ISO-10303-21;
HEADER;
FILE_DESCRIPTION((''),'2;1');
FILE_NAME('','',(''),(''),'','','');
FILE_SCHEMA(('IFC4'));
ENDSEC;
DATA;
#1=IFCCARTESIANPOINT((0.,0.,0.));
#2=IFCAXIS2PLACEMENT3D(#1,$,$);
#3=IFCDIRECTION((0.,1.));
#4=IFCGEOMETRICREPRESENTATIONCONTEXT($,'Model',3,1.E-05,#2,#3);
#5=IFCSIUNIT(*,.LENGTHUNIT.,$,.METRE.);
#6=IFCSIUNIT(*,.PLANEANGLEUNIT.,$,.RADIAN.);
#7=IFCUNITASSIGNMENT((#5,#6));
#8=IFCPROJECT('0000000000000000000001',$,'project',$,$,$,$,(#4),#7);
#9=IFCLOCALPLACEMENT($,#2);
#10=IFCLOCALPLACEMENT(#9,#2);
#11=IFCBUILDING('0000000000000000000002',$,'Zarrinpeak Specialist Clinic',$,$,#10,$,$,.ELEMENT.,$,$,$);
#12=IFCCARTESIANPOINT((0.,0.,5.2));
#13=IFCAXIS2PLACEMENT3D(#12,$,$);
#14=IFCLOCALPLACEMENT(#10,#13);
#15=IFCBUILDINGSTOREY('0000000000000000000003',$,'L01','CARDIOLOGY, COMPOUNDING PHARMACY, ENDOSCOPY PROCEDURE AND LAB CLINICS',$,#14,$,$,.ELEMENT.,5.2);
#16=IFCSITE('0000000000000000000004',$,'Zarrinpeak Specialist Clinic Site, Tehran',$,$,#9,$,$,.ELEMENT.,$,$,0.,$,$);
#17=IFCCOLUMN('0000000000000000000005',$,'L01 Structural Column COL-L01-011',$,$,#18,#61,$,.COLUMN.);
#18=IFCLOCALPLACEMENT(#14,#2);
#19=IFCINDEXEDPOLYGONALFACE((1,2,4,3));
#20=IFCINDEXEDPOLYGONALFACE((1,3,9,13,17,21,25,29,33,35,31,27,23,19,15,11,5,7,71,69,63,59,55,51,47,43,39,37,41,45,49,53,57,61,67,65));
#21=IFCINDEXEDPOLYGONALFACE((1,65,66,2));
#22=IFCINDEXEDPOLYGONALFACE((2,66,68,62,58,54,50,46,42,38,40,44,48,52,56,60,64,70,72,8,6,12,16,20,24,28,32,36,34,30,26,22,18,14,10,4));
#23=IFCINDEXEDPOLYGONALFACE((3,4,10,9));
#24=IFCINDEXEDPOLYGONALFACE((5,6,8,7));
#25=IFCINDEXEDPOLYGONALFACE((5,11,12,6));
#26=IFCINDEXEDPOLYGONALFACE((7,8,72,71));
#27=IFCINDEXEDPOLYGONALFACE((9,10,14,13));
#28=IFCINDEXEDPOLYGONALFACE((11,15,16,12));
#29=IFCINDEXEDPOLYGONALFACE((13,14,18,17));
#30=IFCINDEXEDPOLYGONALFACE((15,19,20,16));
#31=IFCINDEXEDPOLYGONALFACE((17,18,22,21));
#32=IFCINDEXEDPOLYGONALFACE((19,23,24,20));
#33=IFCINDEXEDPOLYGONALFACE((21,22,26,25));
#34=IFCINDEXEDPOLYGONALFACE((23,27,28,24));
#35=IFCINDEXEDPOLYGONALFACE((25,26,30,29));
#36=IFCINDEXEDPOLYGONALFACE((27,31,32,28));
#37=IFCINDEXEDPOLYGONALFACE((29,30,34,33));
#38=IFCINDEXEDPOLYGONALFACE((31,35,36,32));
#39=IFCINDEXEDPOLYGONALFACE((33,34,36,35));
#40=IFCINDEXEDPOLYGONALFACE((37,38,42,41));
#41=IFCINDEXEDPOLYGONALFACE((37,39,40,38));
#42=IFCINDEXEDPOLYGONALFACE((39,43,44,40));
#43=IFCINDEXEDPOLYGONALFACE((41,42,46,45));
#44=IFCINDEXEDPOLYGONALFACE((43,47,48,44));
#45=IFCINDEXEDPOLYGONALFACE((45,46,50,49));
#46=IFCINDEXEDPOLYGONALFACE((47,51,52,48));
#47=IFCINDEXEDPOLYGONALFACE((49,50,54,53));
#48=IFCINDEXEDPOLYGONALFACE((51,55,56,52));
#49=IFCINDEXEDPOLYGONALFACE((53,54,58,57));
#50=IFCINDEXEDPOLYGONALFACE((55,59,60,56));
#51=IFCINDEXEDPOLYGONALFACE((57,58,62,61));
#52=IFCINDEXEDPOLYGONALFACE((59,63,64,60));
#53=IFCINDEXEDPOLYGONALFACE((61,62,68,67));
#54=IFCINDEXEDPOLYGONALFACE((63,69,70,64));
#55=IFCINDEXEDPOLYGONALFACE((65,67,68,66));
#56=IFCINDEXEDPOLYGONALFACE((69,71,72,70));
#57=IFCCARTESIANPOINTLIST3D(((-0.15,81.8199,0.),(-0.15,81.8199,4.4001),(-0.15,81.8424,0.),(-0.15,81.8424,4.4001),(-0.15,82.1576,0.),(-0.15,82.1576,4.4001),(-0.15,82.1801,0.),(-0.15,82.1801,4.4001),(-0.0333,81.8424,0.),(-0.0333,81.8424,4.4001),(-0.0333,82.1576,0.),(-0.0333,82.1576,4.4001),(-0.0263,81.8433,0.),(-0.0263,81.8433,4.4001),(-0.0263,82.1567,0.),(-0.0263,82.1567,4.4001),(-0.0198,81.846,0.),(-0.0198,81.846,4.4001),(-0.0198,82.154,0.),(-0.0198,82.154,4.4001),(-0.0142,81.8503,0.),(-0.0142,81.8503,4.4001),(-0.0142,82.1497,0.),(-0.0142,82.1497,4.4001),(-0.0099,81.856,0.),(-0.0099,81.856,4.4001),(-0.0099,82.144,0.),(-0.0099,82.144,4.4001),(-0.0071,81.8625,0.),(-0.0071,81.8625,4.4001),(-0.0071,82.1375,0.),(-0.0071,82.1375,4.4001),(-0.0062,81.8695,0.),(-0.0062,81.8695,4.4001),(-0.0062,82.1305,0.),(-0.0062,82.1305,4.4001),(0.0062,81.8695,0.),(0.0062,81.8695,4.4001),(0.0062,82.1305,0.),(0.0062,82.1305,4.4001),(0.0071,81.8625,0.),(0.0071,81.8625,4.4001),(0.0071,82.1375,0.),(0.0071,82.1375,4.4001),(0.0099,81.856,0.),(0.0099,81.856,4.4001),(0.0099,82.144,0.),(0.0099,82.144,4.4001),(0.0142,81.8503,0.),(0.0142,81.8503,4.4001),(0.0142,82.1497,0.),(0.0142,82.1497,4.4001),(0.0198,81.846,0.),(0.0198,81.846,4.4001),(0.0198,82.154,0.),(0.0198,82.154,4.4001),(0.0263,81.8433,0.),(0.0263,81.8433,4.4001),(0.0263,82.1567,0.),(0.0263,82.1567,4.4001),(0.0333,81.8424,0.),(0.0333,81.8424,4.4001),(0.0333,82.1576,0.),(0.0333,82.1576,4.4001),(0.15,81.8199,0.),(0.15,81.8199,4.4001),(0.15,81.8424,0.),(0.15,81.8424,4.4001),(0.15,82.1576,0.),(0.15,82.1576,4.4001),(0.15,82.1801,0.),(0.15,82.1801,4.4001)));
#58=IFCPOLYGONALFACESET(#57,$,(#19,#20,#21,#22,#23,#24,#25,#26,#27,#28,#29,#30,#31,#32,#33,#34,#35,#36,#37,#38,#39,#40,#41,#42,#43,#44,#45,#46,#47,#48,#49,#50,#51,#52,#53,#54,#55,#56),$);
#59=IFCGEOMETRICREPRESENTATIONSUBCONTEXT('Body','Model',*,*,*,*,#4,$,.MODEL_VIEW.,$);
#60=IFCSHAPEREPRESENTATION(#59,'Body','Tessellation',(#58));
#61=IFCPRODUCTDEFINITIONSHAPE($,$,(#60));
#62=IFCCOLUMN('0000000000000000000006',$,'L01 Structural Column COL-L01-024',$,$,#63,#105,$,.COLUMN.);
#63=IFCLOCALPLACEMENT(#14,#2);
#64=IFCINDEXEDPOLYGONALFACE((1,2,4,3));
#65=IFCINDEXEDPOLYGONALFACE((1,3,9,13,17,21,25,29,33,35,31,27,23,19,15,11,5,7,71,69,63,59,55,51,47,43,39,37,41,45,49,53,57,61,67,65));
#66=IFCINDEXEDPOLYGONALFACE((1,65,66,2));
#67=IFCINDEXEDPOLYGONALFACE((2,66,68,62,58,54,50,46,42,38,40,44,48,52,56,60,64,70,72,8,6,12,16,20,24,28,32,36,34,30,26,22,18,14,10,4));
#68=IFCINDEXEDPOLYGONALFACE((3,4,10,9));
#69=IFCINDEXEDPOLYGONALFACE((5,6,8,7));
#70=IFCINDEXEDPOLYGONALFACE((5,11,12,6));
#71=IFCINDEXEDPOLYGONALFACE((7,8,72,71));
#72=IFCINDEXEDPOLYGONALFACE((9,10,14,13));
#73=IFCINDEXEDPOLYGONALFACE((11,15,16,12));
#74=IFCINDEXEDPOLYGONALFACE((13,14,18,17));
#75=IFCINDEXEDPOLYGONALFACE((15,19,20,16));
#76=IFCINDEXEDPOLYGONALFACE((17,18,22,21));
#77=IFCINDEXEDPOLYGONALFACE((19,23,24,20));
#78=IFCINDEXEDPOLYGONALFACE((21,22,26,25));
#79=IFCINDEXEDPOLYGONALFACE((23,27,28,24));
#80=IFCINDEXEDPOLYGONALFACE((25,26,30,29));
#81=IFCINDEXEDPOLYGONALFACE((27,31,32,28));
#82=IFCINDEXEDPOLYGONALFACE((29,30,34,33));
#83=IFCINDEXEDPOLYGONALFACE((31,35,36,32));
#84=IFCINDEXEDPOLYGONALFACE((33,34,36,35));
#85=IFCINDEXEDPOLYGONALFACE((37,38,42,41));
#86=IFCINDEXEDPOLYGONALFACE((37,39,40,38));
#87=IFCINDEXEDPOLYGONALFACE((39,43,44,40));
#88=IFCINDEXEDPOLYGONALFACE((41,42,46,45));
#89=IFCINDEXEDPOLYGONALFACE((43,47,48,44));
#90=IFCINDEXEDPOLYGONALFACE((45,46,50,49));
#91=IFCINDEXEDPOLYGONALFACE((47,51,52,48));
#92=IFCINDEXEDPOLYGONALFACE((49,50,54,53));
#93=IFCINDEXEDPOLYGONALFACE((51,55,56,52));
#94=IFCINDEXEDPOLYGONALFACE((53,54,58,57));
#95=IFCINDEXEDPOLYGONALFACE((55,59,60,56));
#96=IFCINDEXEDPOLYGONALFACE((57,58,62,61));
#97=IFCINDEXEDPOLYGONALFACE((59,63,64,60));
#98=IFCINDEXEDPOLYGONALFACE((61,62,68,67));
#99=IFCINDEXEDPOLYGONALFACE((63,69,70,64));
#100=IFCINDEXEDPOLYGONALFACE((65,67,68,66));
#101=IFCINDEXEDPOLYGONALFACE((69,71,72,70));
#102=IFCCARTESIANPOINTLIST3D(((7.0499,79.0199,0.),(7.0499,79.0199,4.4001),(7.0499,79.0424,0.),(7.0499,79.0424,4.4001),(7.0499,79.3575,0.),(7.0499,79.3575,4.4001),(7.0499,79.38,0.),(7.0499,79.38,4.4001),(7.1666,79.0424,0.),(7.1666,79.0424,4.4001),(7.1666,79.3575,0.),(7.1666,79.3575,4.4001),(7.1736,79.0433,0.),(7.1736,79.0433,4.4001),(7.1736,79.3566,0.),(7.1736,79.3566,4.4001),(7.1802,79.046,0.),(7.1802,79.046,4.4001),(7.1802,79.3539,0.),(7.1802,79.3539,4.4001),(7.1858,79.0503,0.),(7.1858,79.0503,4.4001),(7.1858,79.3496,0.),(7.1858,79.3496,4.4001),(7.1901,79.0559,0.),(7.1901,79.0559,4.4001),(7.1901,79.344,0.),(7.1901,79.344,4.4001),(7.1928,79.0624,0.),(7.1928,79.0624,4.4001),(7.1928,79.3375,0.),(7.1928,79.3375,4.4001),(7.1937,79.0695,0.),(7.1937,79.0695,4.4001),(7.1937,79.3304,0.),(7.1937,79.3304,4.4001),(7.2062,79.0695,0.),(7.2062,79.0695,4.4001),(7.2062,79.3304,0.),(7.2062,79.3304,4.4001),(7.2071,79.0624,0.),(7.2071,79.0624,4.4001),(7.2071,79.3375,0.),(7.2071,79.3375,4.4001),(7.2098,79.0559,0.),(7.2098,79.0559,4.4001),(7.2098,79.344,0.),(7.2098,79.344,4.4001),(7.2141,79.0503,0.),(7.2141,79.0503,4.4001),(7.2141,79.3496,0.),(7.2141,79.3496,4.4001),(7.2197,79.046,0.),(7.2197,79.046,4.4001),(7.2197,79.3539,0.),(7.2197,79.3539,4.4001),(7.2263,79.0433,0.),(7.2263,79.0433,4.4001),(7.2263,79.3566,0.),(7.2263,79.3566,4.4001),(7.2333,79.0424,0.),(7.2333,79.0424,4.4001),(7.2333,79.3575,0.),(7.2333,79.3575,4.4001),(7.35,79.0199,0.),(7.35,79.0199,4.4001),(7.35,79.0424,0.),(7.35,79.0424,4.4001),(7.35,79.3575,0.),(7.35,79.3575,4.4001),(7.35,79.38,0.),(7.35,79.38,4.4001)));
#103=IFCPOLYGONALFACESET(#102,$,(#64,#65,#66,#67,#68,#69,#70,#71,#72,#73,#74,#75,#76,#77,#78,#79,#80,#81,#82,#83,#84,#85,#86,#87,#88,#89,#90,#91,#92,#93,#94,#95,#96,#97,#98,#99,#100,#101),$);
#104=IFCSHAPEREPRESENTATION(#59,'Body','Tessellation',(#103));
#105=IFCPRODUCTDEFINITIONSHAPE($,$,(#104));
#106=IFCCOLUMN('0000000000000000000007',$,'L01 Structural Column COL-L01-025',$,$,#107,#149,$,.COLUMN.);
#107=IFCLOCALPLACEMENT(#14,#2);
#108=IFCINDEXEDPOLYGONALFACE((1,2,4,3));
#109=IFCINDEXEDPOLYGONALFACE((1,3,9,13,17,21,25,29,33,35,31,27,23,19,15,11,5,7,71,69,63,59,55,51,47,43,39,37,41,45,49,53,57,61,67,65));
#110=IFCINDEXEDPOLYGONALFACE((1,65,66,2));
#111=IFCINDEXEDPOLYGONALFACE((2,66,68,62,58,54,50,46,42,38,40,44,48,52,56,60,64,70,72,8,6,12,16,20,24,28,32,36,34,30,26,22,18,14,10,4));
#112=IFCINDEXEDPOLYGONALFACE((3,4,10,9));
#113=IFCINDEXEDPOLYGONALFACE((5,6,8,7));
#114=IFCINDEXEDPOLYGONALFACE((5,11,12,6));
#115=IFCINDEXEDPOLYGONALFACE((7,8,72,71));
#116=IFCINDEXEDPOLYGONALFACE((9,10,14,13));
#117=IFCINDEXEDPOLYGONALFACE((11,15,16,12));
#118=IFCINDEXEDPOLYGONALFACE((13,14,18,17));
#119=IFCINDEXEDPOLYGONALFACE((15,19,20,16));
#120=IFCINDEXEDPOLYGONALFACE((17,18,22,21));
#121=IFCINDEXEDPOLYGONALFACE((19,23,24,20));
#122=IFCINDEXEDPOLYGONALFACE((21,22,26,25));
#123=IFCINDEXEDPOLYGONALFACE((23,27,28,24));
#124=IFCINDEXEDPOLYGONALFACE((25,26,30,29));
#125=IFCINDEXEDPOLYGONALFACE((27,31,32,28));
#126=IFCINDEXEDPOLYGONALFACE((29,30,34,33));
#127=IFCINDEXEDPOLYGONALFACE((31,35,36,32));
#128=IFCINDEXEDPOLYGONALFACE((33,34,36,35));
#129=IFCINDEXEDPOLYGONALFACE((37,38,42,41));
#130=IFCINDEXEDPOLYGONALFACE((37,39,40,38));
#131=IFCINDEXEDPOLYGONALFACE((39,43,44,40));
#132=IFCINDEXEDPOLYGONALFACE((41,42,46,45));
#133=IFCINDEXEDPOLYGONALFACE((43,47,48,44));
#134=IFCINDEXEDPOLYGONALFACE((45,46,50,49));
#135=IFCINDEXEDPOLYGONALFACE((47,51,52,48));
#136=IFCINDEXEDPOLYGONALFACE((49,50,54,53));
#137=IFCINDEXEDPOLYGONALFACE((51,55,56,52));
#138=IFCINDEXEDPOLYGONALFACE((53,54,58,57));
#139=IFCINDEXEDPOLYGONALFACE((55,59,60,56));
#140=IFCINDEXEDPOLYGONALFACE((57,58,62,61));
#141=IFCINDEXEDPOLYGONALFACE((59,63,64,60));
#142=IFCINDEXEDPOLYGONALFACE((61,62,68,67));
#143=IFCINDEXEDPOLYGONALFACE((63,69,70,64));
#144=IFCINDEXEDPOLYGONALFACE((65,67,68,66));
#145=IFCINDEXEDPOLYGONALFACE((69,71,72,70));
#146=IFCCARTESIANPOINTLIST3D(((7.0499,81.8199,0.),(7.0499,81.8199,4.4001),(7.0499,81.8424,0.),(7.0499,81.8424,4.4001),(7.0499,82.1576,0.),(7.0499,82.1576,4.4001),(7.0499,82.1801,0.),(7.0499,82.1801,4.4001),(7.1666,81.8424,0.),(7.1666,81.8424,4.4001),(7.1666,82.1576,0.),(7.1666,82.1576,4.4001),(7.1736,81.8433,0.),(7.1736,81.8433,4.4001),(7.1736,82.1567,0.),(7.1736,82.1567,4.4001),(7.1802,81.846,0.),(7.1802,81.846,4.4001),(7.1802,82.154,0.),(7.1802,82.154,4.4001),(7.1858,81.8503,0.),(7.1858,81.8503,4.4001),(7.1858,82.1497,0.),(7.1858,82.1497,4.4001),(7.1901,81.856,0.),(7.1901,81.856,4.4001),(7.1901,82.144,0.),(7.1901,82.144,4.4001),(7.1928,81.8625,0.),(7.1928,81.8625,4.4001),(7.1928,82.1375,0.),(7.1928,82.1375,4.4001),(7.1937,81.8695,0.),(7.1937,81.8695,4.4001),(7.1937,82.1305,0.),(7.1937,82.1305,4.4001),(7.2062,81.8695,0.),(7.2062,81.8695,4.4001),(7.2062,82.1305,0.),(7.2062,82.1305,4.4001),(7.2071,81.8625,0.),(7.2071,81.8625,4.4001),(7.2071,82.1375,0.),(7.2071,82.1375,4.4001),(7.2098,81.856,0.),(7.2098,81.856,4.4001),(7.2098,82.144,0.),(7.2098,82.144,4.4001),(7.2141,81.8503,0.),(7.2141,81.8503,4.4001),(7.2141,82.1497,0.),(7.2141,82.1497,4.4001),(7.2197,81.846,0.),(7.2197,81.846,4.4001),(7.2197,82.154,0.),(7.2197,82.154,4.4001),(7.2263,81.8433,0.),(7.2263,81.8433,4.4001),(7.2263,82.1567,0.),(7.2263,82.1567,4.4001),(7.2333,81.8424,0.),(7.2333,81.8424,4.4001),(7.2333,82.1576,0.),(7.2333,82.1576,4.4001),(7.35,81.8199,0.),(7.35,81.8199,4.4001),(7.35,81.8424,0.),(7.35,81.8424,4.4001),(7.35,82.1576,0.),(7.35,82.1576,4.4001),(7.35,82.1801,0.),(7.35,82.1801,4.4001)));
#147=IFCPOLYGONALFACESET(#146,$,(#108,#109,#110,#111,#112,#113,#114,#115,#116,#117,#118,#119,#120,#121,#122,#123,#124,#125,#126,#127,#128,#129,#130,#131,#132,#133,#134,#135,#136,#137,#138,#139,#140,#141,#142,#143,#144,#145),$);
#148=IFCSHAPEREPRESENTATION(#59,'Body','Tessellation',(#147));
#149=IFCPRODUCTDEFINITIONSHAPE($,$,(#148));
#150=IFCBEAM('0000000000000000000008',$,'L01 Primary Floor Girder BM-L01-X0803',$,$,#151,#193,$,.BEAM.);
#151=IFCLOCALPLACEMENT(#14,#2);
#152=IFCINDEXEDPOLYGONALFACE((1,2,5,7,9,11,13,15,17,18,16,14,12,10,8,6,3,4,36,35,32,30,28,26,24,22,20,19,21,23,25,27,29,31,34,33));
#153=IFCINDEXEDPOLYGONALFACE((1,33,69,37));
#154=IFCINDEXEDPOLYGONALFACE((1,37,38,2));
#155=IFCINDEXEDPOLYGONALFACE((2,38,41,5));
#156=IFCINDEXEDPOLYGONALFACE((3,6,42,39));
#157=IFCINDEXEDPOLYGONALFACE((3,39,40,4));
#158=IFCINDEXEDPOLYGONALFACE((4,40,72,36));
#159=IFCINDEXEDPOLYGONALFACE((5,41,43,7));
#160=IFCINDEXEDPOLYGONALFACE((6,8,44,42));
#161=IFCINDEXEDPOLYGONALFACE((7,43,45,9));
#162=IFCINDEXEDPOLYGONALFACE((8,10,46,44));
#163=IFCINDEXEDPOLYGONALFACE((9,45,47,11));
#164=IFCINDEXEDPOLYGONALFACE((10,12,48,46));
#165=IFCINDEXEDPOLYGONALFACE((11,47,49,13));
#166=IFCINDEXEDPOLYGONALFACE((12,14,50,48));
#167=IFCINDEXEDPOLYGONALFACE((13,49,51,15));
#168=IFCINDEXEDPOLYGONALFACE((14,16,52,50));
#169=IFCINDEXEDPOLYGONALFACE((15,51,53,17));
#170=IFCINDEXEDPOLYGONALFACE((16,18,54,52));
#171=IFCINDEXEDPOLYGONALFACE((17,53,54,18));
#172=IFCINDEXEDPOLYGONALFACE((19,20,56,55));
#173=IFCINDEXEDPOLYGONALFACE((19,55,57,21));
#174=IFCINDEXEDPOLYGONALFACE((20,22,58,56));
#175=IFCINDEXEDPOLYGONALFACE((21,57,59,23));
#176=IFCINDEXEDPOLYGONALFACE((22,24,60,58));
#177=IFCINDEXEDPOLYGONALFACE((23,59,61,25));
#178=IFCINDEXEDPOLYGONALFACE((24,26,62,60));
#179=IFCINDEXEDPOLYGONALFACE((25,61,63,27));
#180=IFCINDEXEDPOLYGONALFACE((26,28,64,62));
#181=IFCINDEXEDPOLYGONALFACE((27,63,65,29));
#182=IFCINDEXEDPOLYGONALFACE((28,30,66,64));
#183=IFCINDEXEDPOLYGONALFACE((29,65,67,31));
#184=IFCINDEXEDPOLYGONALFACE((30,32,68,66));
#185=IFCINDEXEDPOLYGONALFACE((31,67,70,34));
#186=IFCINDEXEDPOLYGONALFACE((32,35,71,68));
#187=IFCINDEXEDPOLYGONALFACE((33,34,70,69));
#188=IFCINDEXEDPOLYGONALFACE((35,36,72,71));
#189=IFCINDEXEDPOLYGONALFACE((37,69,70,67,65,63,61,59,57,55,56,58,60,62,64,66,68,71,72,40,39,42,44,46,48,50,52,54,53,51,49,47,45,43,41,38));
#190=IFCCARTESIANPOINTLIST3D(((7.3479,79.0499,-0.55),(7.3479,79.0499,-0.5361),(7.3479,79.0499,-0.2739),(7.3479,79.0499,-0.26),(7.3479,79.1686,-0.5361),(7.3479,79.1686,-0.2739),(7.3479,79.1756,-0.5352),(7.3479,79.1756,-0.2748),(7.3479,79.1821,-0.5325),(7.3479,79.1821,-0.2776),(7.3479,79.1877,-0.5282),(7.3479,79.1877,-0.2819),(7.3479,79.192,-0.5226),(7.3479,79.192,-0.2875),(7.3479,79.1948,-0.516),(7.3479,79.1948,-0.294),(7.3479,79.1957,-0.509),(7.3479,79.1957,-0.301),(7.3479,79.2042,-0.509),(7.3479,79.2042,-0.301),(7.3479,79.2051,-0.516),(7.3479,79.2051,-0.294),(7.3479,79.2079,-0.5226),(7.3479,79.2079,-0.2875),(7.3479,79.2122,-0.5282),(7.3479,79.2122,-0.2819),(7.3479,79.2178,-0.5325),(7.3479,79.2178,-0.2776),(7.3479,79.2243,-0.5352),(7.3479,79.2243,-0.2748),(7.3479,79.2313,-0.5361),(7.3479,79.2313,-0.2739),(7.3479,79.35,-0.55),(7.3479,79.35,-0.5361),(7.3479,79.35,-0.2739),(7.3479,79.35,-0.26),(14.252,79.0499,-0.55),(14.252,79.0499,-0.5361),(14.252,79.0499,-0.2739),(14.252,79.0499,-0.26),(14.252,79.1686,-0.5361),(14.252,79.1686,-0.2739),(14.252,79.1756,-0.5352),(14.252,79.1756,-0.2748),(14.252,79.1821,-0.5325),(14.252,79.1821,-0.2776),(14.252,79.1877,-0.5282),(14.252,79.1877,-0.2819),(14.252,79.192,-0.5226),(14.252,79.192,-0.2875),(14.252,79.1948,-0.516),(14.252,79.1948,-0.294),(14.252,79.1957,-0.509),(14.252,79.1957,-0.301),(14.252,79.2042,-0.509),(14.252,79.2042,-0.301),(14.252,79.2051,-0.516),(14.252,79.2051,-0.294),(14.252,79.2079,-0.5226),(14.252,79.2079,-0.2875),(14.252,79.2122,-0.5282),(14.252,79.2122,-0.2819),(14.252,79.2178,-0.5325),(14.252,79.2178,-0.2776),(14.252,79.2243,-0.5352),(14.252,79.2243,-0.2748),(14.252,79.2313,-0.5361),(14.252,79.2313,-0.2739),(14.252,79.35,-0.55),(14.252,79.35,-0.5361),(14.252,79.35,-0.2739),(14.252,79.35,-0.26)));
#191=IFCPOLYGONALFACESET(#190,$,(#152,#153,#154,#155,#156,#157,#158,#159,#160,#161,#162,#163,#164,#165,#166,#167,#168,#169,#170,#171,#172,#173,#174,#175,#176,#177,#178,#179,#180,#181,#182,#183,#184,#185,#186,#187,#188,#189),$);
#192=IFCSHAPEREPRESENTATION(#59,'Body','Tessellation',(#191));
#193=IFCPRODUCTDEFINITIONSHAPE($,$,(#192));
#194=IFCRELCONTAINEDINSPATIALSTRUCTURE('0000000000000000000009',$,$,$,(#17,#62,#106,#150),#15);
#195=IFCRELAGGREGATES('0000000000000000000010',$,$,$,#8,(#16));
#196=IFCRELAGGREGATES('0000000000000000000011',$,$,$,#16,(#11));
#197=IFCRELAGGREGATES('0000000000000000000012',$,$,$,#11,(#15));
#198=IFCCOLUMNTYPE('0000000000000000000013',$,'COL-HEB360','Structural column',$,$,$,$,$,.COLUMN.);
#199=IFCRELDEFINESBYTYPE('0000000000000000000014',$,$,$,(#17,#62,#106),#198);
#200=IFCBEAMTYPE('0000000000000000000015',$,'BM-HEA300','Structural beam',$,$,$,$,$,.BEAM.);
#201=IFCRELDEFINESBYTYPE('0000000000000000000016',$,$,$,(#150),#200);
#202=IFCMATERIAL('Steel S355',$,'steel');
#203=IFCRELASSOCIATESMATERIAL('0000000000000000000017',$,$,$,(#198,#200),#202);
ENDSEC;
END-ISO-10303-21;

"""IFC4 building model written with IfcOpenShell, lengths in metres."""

from ifc_helpers import new_model, si_unit, direction, frame, origin, origin_2d, place, context, subcontext, project, spatial, i_section, extrude, material, material_profile, profile_set, type_object, element, save


model = new_model("IFC4")

# Units and contexts
model_context = context("Model", 3, precision=1e-05, world=origin(), true_north=direction((0.0, 1.0)))
body_context = subcontext(model_context, "Body", "Model", "MODEL_VIEW")
ifc_project = project(units=[si_unit("LENGTHUNIT", "METRE"), si_unit("PLANEANGLEUNIT", "RADIAN")], contexts=[model_context])

# Site, building, storey
site_placement = place(None, origin())
site = spatial("IfcSite", under=ifc_project, at=site_placement, Name="Zarrinpeak Specialist Clinic Site, Tehran", CompositionType="ELEMENT", RefElevation=0.0)
building_placement = place(site_placement, origin())
building = spatial("IfcBuilding", under=site, at=building_placement, Name="Zarrinpeak Specialist Clinic", CompositionType="ELEMENT")
storey_placement = place(building_placement, frame((0.0, 0.0, 5.2)))
storey = spatial("IfcBuildingStorey", under=building, at=storey_placement, Name="L01", Description="CARDIOLOGY, COMPOUNDING PHARMACY, ENDOSCOPY PROCEDURE AND LAB CLINICS", CompositionType="ELEMENT", Elevation=5.2)

# Columns
ifc_material_1 = material(Name="Steel S355", Category="steel")
ifc_material_profile_1 = material_profile(ifc_material_1, i_section(OverallWidth=0.3, OverallDepth=0.3601, WebThickness=0.0125, FlangeThickness=0.0225, FilletRadius=0.0271, at=origin_2d()), Name="HEB 360")
ifc_profile_set_1 = profile_set([ifc_material_profile_1], Name="Steel S355")
column_type = type_object("IfcColumnType", Name="COL-HEB360", Description="Structural column", PredefinedType="COLUMN", material=ifc_profile_set_1)
for number, where, z_axis, x_axis, name in (
    (1, (0.0, 82.0, 0.0), (0.0, 0.0, 1.0), (1.0, 0.0, 0.0), "L01 Structural Column COL-L01-011"),
    (2, (7.2, 79.2, 0.0), (0.0, 0.0, 1.0), (1.0, 0.0, 0.0), "L01 Structural Column COL-L01-024"),
    (3, (7.2, 82.0, 0.0), (0.0, 0.0, 1.0), (1.0, 0.0, 0.0), "L01 Structural Column COL-L01-025"),
):
    element("IfcColumn", number, at=place(storey_placement, frame(where, z_axis=z_axis, x_axis=x_axis)), inside=storey, type_object=column_type, Name=name, PredefinedType="COLUMN", context=body_context, shape_type="SweptSolid", body=[
        extrude(i_section(OverallWidth=0.3, OverallDepth=0.3601, WebThickness=0.0125, FlangeThickness=0.0225, FilletRadius=0.0271, at=origin_2d()), origin(), (0.0, 0.0, 1.0), 4.4001),
    ])

# Beam
ifc_material_profile_2 = material_profile(ifc_material_1, i_section(OverallWidth=0.3, OverallDepth=0.29, WebThickness=0.0085, FlangeThickness=0.0139, FilletRadius=0.0271, at=origin_2d()), Name="HEA 300")
ifc_profile_set_2 = profile_set([ifc_material_profile_2], Name="Steel S355")
beam_type = type_object("IfcBeamType", Name="BM-HEA300", Description="Structural beam", PredefinedType="BEAM", material=ifc_profile_set_2)
for number, where, z_axis, x_axis, name in (
    (4, (7.3479, 79.2, -0.405), (1.0, 0.0, 0.0), (0.0, 1.0, 0.0), "L01 Primary Floor Girder BM-L01-X0803"),
):
    element("IfcBeam", number, at=place(storey_placement, frame(where, z_axis=z_axis, x_axis=x_axis)), inside=storey, type_object=beam_type, Name=name, PredefinedType="BEAM", context=body_context, shape_type="SweptSolid", body=[
        extrude(i_section(OverallWidth=0.3, OverallDepth=0.29, WebThickness=0.0085, FlangeThickness=0.0139, FilletRadius=0.0271, at=origin_2d()), origin(), (0.0, 0.0, 1.0), 6.9041),
    ])

save(model, "model.ifc")
